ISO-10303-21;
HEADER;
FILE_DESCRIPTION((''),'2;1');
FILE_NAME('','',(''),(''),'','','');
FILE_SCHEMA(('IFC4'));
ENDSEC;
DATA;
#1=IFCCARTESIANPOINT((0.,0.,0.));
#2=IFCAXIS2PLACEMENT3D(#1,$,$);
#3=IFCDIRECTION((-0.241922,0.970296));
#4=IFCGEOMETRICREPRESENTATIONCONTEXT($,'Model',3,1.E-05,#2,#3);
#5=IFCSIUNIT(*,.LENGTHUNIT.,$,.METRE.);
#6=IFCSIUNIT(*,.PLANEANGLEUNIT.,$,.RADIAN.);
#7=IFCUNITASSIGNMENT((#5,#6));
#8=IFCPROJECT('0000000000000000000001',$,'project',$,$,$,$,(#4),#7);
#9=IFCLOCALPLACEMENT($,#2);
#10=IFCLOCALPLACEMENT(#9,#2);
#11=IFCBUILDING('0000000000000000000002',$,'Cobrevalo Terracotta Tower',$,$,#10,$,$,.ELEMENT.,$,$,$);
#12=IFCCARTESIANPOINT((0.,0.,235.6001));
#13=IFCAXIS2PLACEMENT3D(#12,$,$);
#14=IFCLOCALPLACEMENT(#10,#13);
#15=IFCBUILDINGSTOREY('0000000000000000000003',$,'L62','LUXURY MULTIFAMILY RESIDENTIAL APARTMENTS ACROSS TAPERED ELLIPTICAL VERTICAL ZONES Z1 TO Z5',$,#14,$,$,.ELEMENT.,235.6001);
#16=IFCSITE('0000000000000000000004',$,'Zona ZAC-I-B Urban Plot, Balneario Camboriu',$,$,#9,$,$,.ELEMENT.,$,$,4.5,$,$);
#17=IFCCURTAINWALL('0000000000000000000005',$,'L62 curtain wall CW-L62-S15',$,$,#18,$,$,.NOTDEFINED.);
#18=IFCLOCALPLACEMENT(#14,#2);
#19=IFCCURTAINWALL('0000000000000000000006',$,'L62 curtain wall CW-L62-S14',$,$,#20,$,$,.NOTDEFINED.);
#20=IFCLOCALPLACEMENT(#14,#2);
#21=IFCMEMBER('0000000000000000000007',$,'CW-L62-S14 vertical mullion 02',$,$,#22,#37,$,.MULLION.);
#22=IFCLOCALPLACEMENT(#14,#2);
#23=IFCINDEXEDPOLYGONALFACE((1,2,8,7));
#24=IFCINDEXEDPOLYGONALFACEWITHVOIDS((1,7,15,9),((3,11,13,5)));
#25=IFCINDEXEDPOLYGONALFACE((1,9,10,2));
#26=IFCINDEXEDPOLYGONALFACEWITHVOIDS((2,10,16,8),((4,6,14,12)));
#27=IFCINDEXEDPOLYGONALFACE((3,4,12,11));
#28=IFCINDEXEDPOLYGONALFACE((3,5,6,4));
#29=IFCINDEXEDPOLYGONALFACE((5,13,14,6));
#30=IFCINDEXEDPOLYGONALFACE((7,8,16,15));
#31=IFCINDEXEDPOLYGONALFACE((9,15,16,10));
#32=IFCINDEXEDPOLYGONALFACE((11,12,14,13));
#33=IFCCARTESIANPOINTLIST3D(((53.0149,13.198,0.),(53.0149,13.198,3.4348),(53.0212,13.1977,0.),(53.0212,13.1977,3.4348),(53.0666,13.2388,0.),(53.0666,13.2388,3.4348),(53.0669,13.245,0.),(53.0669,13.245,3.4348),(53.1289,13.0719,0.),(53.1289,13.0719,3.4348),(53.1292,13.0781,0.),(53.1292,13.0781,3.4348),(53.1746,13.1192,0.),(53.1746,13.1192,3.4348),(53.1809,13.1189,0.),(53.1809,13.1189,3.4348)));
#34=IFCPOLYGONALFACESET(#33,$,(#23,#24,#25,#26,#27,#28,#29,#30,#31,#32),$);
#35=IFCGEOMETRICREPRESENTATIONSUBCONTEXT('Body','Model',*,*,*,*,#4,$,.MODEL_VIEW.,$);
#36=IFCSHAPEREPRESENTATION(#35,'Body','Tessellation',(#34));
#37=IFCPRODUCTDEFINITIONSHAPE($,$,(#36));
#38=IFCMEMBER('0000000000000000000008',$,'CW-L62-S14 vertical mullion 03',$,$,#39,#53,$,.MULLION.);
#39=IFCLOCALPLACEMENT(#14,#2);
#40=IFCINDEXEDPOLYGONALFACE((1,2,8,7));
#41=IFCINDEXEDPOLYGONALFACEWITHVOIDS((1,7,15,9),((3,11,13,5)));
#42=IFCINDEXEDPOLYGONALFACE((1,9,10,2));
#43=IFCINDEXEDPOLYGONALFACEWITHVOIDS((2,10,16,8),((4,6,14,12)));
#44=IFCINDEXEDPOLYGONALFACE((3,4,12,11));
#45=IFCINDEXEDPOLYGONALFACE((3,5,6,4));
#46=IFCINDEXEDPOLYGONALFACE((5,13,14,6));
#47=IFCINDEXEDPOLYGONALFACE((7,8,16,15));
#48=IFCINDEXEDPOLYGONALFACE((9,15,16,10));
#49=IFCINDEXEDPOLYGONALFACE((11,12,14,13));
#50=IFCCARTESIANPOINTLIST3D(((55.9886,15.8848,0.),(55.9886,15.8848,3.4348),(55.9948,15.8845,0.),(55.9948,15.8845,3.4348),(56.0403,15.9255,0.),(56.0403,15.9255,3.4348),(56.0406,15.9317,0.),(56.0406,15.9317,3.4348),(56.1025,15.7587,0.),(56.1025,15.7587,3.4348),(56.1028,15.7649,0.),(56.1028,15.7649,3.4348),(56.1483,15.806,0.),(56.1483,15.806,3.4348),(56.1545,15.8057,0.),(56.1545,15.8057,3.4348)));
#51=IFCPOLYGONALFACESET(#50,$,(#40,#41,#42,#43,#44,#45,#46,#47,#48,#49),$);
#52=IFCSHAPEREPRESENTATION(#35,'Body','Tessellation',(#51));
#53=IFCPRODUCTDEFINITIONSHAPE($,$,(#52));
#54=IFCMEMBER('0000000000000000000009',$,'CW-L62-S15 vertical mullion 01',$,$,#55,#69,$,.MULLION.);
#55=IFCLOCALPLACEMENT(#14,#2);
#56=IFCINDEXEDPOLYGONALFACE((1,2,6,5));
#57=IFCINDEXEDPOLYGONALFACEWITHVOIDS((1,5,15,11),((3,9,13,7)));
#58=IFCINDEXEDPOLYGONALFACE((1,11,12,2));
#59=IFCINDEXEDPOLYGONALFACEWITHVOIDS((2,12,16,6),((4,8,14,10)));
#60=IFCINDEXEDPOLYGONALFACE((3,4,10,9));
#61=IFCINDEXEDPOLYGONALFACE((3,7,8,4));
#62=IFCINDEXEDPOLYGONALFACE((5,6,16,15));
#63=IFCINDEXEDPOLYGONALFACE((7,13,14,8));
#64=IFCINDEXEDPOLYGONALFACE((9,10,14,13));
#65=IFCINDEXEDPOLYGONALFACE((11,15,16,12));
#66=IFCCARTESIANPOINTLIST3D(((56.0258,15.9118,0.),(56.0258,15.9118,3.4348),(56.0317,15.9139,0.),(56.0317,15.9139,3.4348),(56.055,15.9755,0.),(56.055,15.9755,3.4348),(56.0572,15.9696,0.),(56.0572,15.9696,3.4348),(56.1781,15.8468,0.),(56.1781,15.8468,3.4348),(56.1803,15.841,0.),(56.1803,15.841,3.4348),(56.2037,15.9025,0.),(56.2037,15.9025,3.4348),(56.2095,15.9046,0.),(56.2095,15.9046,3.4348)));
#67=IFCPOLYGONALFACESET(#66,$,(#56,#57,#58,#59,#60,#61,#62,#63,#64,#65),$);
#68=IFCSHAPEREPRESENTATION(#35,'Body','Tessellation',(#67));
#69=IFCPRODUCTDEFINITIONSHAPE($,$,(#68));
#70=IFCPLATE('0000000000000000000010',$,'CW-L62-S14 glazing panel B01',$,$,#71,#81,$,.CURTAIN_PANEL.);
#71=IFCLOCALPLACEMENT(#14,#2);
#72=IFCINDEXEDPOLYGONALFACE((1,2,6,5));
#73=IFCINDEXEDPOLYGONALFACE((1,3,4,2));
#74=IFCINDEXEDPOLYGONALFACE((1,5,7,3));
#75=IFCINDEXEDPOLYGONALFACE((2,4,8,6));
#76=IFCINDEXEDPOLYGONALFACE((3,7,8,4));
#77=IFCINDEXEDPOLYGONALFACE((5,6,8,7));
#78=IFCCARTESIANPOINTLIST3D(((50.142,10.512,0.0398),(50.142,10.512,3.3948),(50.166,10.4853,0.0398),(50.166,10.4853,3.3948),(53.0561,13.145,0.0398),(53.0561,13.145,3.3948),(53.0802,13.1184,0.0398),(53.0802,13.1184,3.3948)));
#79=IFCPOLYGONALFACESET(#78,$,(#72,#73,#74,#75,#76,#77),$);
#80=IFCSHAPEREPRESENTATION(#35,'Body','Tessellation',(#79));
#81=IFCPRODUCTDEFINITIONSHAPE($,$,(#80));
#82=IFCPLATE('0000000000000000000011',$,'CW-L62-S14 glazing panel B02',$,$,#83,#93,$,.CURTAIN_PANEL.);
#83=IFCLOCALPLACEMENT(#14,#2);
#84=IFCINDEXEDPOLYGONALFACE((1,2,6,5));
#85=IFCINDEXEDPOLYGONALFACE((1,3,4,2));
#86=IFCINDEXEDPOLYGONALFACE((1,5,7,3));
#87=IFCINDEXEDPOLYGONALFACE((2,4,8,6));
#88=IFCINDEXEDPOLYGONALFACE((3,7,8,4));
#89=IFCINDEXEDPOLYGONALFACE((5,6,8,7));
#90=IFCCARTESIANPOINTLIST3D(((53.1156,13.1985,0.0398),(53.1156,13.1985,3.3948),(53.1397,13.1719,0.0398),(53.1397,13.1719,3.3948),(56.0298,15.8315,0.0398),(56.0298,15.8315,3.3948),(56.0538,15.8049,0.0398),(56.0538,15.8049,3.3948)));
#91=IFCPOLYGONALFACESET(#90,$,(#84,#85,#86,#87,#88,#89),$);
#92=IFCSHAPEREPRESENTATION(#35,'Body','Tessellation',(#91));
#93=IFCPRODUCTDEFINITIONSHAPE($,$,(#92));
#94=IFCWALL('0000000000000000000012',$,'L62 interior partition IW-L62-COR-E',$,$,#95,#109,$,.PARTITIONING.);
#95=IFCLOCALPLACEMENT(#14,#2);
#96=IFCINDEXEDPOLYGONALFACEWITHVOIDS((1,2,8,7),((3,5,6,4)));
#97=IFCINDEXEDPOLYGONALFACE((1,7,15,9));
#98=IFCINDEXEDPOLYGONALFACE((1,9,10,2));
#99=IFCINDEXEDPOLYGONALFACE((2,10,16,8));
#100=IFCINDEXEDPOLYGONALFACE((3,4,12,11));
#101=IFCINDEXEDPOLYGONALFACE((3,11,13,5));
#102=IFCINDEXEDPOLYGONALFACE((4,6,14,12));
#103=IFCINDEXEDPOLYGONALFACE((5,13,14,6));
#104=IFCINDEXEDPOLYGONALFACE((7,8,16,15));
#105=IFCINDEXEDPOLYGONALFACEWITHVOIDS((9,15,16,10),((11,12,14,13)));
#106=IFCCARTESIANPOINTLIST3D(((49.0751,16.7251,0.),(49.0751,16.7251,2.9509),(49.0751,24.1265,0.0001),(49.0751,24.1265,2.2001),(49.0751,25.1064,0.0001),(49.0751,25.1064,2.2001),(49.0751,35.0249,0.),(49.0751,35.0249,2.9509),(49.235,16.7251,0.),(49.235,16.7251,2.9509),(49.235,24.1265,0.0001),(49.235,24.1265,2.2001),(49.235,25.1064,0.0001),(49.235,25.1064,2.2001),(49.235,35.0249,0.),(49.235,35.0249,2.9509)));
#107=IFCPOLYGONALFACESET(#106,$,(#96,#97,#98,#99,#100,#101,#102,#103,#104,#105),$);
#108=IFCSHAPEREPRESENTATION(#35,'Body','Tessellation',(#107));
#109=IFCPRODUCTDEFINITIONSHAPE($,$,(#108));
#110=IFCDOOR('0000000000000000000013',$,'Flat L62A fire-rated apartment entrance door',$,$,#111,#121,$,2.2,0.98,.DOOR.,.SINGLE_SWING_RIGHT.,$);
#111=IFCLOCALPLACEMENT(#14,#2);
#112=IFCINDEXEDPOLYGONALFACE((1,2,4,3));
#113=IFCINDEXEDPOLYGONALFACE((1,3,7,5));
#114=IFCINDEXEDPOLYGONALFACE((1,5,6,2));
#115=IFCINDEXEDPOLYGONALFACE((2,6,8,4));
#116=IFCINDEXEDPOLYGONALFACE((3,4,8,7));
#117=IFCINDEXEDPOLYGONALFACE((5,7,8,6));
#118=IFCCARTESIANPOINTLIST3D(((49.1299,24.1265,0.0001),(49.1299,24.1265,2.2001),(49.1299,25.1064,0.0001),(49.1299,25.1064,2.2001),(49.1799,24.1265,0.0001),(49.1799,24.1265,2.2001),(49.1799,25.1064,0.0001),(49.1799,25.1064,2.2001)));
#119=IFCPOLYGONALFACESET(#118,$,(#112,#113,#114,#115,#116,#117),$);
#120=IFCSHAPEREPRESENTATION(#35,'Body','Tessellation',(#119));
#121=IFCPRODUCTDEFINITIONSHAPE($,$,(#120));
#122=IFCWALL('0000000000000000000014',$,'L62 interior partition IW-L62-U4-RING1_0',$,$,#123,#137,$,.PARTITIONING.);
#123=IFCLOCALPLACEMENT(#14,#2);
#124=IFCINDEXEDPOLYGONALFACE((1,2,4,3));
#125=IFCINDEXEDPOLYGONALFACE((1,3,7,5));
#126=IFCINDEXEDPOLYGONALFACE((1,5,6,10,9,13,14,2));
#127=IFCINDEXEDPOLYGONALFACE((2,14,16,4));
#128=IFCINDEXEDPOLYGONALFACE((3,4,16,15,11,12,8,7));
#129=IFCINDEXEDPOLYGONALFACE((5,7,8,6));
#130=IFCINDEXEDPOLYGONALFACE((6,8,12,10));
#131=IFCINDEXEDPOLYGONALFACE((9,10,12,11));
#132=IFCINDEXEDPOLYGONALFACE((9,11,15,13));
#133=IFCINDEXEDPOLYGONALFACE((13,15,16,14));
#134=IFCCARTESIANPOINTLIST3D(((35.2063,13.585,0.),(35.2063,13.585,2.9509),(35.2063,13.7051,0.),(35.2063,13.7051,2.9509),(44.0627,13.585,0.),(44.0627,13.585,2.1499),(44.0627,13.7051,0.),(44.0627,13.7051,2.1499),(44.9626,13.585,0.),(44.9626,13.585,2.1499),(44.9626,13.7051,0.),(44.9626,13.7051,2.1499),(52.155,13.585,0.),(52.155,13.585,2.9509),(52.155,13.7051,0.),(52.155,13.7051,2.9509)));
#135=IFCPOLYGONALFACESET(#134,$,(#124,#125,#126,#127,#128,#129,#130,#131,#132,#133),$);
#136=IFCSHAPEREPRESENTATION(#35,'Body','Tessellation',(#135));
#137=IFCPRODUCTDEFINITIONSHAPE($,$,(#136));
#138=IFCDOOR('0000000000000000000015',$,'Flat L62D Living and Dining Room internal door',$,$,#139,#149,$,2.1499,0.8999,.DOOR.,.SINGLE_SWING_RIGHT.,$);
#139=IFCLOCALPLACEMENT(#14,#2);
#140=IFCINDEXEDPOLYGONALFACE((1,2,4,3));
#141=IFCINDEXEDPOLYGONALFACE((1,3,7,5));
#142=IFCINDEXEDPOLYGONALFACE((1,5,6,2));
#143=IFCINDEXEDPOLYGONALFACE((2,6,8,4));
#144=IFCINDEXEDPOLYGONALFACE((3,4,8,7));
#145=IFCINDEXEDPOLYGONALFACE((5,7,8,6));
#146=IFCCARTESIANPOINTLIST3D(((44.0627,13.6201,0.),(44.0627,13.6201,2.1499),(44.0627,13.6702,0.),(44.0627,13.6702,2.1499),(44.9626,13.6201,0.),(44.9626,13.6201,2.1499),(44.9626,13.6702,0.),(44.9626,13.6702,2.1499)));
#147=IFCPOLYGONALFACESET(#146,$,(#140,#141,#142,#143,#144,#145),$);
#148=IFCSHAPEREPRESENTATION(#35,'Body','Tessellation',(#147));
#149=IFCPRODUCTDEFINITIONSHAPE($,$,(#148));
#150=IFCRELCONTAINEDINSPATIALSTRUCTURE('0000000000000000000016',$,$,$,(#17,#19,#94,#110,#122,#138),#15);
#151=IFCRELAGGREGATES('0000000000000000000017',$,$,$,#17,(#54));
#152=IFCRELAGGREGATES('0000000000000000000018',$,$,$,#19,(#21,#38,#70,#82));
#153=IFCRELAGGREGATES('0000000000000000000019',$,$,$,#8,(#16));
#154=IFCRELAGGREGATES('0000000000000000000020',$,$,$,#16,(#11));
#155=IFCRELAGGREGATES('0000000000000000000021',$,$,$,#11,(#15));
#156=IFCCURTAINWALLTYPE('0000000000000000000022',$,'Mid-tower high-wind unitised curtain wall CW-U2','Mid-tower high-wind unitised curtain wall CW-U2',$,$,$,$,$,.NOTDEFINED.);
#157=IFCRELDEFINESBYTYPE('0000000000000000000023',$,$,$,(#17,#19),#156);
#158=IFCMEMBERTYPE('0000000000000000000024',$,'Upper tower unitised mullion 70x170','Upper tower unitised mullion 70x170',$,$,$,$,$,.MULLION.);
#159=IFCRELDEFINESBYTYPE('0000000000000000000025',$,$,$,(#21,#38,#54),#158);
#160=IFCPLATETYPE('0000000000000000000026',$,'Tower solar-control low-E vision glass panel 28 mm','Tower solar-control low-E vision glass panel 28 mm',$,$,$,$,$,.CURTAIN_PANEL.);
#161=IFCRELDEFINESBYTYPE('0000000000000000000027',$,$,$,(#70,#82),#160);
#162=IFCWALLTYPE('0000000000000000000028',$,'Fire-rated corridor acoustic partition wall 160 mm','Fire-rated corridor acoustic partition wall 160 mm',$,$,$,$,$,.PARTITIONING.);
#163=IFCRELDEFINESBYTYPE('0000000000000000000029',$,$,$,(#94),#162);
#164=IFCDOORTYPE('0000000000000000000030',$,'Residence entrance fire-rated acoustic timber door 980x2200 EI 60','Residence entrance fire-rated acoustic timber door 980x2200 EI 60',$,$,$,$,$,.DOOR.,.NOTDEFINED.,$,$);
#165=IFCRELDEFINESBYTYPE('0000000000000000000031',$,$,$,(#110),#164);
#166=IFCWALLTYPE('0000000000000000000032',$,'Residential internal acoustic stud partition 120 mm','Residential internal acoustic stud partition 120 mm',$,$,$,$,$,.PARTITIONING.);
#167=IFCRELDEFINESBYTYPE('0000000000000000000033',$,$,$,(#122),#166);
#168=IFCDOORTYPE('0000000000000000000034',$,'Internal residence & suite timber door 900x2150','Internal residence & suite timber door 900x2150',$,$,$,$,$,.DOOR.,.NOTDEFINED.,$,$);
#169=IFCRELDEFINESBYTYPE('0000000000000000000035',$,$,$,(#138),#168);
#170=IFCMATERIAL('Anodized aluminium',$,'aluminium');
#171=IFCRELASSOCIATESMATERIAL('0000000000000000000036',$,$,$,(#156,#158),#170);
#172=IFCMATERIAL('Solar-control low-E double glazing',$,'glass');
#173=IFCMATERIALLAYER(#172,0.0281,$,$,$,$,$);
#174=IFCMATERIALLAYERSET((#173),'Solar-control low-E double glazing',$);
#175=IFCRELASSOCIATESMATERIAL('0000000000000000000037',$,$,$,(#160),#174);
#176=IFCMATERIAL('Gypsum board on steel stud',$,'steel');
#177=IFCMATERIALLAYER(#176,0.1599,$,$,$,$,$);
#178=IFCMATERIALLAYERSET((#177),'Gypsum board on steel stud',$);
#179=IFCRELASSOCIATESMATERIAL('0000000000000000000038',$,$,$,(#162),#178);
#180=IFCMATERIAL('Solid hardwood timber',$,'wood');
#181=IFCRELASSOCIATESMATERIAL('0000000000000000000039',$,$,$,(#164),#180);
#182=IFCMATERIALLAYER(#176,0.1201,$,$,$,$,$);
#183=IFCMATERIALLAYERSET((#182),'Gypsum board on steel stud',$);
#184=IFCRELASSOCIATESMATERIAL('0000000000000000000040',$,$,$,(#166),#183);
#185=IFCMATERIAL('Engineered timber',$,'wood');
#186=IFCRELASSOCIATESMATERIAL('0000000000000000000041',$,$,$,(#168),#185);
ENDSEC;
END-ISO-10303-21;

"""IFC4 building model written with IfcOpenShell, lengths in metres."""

from ifc_helpers import new_model, si_unit, direction, frame, frame_2d, origin, origin_2d, place, context, subcontext, project, spatial, rectangle, hollow_rectangle, extrude, source, transform, mapped, material, layer, layer_set, material_profile, profile_set, type_object, element, fill, aggregate, save


model = new_model("IFC4")

# Units and contexts
model_context = context("Model", 3, precision=1e-05, world=origin(), true_north=direction((-0.241922, 0.970296)))
body_context = subcontext(model_context, "Body", "Model", "MODEL_VIEW")
ifc_project = project(units=[si_unit("LENGTHUNIT", "METRE"), si_unit("PLANEANGLEUNIT", "RADIAN")], contexts=[model_context])

# Site, building, storey
site_placement = place(None, origin())
site = spatial("IfcSite", under=ifc_project, at=site_placement, Name="Zona ZAC-I-B Urban Plot, Balneario Camboriu", CompositionType="ELEMENT", RefElevation=4.5)
building_placement = place(site_placement, origin())
building = spatial("IfcBuilding", under=site, at=building_placement, Name="Cobrevalo Terracotta Tower", CompositionType="ELEMENT")
storey_placement = place(building_placement, frame((0.0, 0.0, 235.6001)))
storey = spatial("IfcBuildingStorey", under=building, at=storey_placement, Name="L62", Description="LUXURY MULTIFAMILY RESIDENTIAL APARTMENTS ACROSS TAPERED ELLIPTICAL VERTICAL ZONES Z1 TO Z5", CompositionType="ELEMENT", Elevation=235.6001)

# Curtain walls, members
ifc_material_1 = material(Name="Anodized aluminium", Category="aluminium")
curtain_wall_type = type_object("IfcCurtainWallType", Name="Mid-tower high-wind unitised curtain wall CW-U2", Description="Mid-tower high-wind unitised curtain wall CW-U2", PredefinedType="NOTDEFINED", material=ifc_material_1)
curtain_wall_1_placement = place(storey_placement, origin())
curtain_wall_1 = element("IfcCurtainWall", 1, at=curtain_wall_1_placement, inside=storey, type_object=curtain_wall_type, Name="L62 curtain wall CW-L62-S15", PredefinedType="NOTDEFINED")
curtain_wall_2_placement = place(storey_placement, origin())
curtain_wall_2 = element("IfcCurtainWall", 2, at=curtain_wall_2_placement, inside=storey, type_object=curtain_wall_type, Name="L62 curtain wall CW-L62-S14", PredefinedType="NOTDEFINED")
ifc_material_profile_1 = material_profile(ifc_material_1, hollow_rectangle(XDim=0.0701, YDim=0.1699, WallThickness=0.0044, at=origin_2d()), Name="CWM 70x170")
ifc_profile_set_1 = profile_set([ifc_material_profile_1], Name="Anodized aluminium")
member_type_1 = type_object("IfcMemberType", Name="Upper tower unitised mullion 70x170", Description="Upper tower unitised mullion 70x170", PredefinedType="MULLION", material=ifc_profile_set_1)
shared_shape_1 = source(origin(), body_context, "Body", "SweptSolid", [
    extrude(hollow_rectangle(XDim=0.0701, YDim=0.1699, WallThickness=0.0044, at=origin_2d()), origin(), (0.0, 0.0, 1.0), 3.4348),
])
member_1_placement = place(storey_placement, frame((53.0979, 13.1584, 0.0), z_axis=(0.0, 0.0, 1.0), x_axis=(0.741988, 0.670414, 0.0)))
member_1 = element("IfcMember", 3, at=member_1_placement, type_object=member_type_1, Name="CW-L62-S14 vertical mullion 02", PredefinedType="MULLION", context=body_context, shape_type="MappedRepresentation", body=[
    mapped(shared_shape_1, transform((0.0, 0.0, 0.0), scale=1.0)),
])
member_2_placement = place(storey_placement, frame((56.0715, 15.8452, 0.0), z_axis=(0.0, 0.0, 1.0), x_axis=(0.741988, 0.670414, 0.0)))
member_2 = element("IfcMember", 4, at=member_2_placement, type_object=member_type_1, Name="CW-L62-S14 vertical mullion 03", PredefinedType="MULLION", context=body_context, shape_type="MappedRepresentation", body=[
    mapped(shared_shape_1, transform((0.0, 0.0, 0.0), scale=1.0)),
])

# Member
member_3_placement = place(storey_placement, frame((56.1177, 15.9082, 0.0), z_axis=(0.0, 0.0, 1.0), x_axis=(0.416725, 0.909033, 0.0)))
member_3 = element("IfcMember", 5, at=member_3_placement, type_object=member_type_1, Name="CW-L62-S15 vertical mullion 01", PredefinedType="MULLION", context=body_context, shape_type="MappedRepresentation", body=[
    mapped(shared_shape_1, transform((0.0, 0.0, 0.0), scale=1.0)),
])
aggregate(curtain_wall_1, [member_3])

# Plates
ifc_material_2 = material(Name="Solar-control low-E double glazing", Category="glass")
ifc_layer_1 = layer(ifc_material_2, 0.0281)
ifc_layer_set_1 = layer_set([ifc_layer_1], Name="Solar-control low-E double glazing")
plate_type = type_object("IfcPlateType", Name="Tower solar-control low-E vision glass panel 28 mm", Description="Tower solar-control low-E vision glass panel 28 mm", PredefinedType="CURTAIN_PANEL", material=ifc_layer_set_1)
shared_shape_2 = source(origin(), body_context, "Body", "SweptSolid", [
    extrude(rectangle(XDim=3.9275, YDim=0.0359, at=origin_2d()), origin(), (0.0, 0.0, 1.0), 3.355),
])
plate_1_placement = place(storey_placement, frame((51.6111, 11.8152, 0.0398), z_axis=(0.0, 0.0, 1.0), x_axis=(0.741988, 0.670414, 0.0)))
plate_1 = element("IfcPlate", 6, at=plate_1_placement, type_object=plate_type, Name="CW-L62-S14 glazing panel B01", PredefinedType="CURTAIN_PANEL", context=body_context, shape_type="MappedRepresentation", body=[
    mapped(shared_shape_2, transform((0.0, 0.0, 0.0), scale=1.0)),
])
plate_2_placement = place(storey_placement, frame((54.5847, 14.5017, 0.0398), z_axis=(0.0, 0.0, 1.0), x_axis=(0.741988, 0.670414, 0.0)))
plate_2 = element("IfcPlate", 7, at=plate_2_placement, type_object=plate_type, Name="CW-L62-S14 glazing panel B02", PredefinedType="CURTAIN_PANEL", context=body_context, shape_type="MappedRepresentation", body=[
    mapped(shared_shape_2, transform((0.0, 0.0, 0.0), scale=1.0)),
])
aggregate(curtain_wall_2, [member_1, member_2, plate_1, plate_2])

# Walls, openings, doors
ifc_material_3 = material(Name="Gypsum board on steel stud", Category="steel")
ifc_layer_2 = layer(ifc_material_3, 0.1599)
ifc_layer_set_2 = layer_set([ifc_layer_2], Name="Gypsum board on steel stud")
wall_type_1 = type_object("IfcWallType", Name="Fire-rated corridor acoustic partition wall 160 mm", Description="Fire-rated corridor acoustic partition wall 160 mm", PredefinedType="PARTITIONING", material=ifc_layer_set_2)
wall_1_placement = place(storey_placement, frame((49.155, 16.7251, 0.0), z_axis=(0.0, 0.0, 1.0), x_axis=(0.0, 1.0, 0.0)))
wall_1 = element("IfcWall", 8, at=wall_1_placement, inside=storey, type_object=wall_type_1, Name="L62 interior partition IW-L62-COR-E", PredefinedType="PARTITIONING", context=body_context, shape_type="SweptSolid", body=[
    extrude(rectangle(XDim=18.2998, YDim=0.1599, at=frame_2d((9.1499, 0.0))), origin(), (0.0, 0.0, 1.0), 2.9509),
])
opening_1_placement = place(wall_1_placement, frame((7.4014, 0.0, 0.0)))
opening_1 = element("IfcOpeningElement", 9, at=opening_1_placement, cuts=wall_1, PredefinedType="OPENING", context=body_context, shape_type="SweptSolid", body=[
    extrude(rectangle(XDim=0.98, YDim=2.2, at=frame_2d((0.49, 1.1001))), frame((0.0, 0.0898, 0.0), z_axis=(0.0, -1.0, 0.0), x_axis=(1.0, 0.0, 0.0)), (0.0, 0.0, 1.0), 0.1799),
])
ifc_material_4 = material(Name="Solid hardwood timber", Category="wood")
door_type_1 = type_object("IfcDoorType", Name="Residence entrance fire-rated acoustic timber door 980x2200 EI 60", Description="Residence entrance fire-rated acoustic timber door 980x2200 EI 60", OperationType="NOTDEFINED", PredefinedType="DOOR", material=ifc_material_4)
shared_shape_3 = source(origin(), body_context, "Body", "SweptSolid", [
    extrude(rectangle(XDim=0.98, YDim=2.2, at=frame_2d((0.49, 1.1001))), frame((0.0, 0.0249, 0.0), z_axis=(0.0, -1.0, 0.0), x_axis=(1.0, 0.0, 0.0)), (0.0, 0.0, 1.0), 0.05),
])
door_1_placement = place(opening_1_placement, frame((0.98, 0.0, 0.0), z_axis=(0.0, 0.0, 1.0), x_axis=(-1.0, 0.0, 0.0)))
door_1 = element("IfcDoor", 10, at=door_1_placement, inside=storey, type_object=door_type_1, Name="Flat L62A fire-rated apartment entrance door", OperationType="SINGLE_SWING_RIGHT", OverallHeight=2.2, OverallWidth=0.98, PredefinedType="DOOR", context=body_context, shape_type="MappedRepresentation", body=[
    mapped(shared_shape_3, transform((0.0, 0.0, 0.0), scale=1.0)),
])
fill(opening_1, door_1)
ifc_layer_3 = layer(ifc_material_3, 0.1201)
ifc_layer_set_3 = layer_set([ifc_layer_3], Name="Gypsum board on steel stud")
wall_type_2 = type_object("IfcWallType", Name="Residential internal acoustic stud partition 120 mm", Description="Residential internal acoustic stud partition 120 mm", PredefinedType="PARTITIONING", material=ifc_layer_set_3)
wall_2_placement = place(storey_placement, frame((52.155, 13.645, 0.0), z_axis=(0.0, 0.0, 1.0), x_axis=(-1.0, 0.0, 0.0)))
wall_2 = element("IfcWall", 11, at=wall_2_placement, inside=storey, type_object=wall_type_2, Name="L62 interior partition IW-L62-U4-RING1_0", PredefinedType="PARTITIONING", context=body_context, shape_type="SweptSolid", body=[
    extrude(rectangle(XDim=16.9487, YDim=0.1201, at=frame_2d((8.4744, 0.0))), origin(), (0.0, 0.0, 1.0), 2.9509),
])
opening_2_placement = place(wall_2_placement, frame((7.1924, 0.0, 0.0)))
opening_2 = element("IfcOpeningElement", 12, at=opening_2_placement, cuts=wall_2, PredefinedType="OPENING", context=body_context, shape_type="SweptSolid", body=[
    extrude(rectangle(XDim=0.8999, YDim=2.1499, at=frame_2d((0.45, 1.075))), frame((0.0, 0.0701, 0.0), z_axis=(0.0, -1.0, 0.0), x_axis=(1.0, 0.0, 0.0)), (0.0, 0.0, 1.0), 0.1401),
])
ifc_material_5 = material(Name="Engineered timber", Category="wood")
door_type_2 = type_object("IfcDoorType", Name="Internal residence & suite timber door 900x2150", Description="Internal residence & suite timber door 900x2150", OperationType="NOTDEFINED", PredefinedType="DOOR", material=ifc_material_5)
shared_shape_4 = source(origin(), body_context, "Body", "SweptSolid", [
    extrude(rectangle(XDim=0.8999, YDim=2.1499, at=frame_2d((0.45, 1.075))), frame((0.0, 0.0249, 0.0), z_axis=(0.0, -1.0, 0.0), x_axis=(1.0, 0.0, 0.0)), (0.0, 0.0, 1.0), 0.05),
])
door_2_placement = place(opening_2_placement, origin())
door_2 = element("IfcDoor", 13, at=door_2_placement, inside=storey, type_object=door_type_2, Name="Flat L62D Living and Dining Room internal door", OperationType="SINGLE_SWING_RIGHT", OverallHeight=2.1499, OverallWidth=0.8999, PredefinedType="DOOR", context=body_context, shape_type="MappedRepresentation", body=[
    mapped(shared_shape_4, transform((0.0, 0.0, 0.0), scale=1.0)),
])
fill(opening_2, door_2)

save(model, "model.ifc")
